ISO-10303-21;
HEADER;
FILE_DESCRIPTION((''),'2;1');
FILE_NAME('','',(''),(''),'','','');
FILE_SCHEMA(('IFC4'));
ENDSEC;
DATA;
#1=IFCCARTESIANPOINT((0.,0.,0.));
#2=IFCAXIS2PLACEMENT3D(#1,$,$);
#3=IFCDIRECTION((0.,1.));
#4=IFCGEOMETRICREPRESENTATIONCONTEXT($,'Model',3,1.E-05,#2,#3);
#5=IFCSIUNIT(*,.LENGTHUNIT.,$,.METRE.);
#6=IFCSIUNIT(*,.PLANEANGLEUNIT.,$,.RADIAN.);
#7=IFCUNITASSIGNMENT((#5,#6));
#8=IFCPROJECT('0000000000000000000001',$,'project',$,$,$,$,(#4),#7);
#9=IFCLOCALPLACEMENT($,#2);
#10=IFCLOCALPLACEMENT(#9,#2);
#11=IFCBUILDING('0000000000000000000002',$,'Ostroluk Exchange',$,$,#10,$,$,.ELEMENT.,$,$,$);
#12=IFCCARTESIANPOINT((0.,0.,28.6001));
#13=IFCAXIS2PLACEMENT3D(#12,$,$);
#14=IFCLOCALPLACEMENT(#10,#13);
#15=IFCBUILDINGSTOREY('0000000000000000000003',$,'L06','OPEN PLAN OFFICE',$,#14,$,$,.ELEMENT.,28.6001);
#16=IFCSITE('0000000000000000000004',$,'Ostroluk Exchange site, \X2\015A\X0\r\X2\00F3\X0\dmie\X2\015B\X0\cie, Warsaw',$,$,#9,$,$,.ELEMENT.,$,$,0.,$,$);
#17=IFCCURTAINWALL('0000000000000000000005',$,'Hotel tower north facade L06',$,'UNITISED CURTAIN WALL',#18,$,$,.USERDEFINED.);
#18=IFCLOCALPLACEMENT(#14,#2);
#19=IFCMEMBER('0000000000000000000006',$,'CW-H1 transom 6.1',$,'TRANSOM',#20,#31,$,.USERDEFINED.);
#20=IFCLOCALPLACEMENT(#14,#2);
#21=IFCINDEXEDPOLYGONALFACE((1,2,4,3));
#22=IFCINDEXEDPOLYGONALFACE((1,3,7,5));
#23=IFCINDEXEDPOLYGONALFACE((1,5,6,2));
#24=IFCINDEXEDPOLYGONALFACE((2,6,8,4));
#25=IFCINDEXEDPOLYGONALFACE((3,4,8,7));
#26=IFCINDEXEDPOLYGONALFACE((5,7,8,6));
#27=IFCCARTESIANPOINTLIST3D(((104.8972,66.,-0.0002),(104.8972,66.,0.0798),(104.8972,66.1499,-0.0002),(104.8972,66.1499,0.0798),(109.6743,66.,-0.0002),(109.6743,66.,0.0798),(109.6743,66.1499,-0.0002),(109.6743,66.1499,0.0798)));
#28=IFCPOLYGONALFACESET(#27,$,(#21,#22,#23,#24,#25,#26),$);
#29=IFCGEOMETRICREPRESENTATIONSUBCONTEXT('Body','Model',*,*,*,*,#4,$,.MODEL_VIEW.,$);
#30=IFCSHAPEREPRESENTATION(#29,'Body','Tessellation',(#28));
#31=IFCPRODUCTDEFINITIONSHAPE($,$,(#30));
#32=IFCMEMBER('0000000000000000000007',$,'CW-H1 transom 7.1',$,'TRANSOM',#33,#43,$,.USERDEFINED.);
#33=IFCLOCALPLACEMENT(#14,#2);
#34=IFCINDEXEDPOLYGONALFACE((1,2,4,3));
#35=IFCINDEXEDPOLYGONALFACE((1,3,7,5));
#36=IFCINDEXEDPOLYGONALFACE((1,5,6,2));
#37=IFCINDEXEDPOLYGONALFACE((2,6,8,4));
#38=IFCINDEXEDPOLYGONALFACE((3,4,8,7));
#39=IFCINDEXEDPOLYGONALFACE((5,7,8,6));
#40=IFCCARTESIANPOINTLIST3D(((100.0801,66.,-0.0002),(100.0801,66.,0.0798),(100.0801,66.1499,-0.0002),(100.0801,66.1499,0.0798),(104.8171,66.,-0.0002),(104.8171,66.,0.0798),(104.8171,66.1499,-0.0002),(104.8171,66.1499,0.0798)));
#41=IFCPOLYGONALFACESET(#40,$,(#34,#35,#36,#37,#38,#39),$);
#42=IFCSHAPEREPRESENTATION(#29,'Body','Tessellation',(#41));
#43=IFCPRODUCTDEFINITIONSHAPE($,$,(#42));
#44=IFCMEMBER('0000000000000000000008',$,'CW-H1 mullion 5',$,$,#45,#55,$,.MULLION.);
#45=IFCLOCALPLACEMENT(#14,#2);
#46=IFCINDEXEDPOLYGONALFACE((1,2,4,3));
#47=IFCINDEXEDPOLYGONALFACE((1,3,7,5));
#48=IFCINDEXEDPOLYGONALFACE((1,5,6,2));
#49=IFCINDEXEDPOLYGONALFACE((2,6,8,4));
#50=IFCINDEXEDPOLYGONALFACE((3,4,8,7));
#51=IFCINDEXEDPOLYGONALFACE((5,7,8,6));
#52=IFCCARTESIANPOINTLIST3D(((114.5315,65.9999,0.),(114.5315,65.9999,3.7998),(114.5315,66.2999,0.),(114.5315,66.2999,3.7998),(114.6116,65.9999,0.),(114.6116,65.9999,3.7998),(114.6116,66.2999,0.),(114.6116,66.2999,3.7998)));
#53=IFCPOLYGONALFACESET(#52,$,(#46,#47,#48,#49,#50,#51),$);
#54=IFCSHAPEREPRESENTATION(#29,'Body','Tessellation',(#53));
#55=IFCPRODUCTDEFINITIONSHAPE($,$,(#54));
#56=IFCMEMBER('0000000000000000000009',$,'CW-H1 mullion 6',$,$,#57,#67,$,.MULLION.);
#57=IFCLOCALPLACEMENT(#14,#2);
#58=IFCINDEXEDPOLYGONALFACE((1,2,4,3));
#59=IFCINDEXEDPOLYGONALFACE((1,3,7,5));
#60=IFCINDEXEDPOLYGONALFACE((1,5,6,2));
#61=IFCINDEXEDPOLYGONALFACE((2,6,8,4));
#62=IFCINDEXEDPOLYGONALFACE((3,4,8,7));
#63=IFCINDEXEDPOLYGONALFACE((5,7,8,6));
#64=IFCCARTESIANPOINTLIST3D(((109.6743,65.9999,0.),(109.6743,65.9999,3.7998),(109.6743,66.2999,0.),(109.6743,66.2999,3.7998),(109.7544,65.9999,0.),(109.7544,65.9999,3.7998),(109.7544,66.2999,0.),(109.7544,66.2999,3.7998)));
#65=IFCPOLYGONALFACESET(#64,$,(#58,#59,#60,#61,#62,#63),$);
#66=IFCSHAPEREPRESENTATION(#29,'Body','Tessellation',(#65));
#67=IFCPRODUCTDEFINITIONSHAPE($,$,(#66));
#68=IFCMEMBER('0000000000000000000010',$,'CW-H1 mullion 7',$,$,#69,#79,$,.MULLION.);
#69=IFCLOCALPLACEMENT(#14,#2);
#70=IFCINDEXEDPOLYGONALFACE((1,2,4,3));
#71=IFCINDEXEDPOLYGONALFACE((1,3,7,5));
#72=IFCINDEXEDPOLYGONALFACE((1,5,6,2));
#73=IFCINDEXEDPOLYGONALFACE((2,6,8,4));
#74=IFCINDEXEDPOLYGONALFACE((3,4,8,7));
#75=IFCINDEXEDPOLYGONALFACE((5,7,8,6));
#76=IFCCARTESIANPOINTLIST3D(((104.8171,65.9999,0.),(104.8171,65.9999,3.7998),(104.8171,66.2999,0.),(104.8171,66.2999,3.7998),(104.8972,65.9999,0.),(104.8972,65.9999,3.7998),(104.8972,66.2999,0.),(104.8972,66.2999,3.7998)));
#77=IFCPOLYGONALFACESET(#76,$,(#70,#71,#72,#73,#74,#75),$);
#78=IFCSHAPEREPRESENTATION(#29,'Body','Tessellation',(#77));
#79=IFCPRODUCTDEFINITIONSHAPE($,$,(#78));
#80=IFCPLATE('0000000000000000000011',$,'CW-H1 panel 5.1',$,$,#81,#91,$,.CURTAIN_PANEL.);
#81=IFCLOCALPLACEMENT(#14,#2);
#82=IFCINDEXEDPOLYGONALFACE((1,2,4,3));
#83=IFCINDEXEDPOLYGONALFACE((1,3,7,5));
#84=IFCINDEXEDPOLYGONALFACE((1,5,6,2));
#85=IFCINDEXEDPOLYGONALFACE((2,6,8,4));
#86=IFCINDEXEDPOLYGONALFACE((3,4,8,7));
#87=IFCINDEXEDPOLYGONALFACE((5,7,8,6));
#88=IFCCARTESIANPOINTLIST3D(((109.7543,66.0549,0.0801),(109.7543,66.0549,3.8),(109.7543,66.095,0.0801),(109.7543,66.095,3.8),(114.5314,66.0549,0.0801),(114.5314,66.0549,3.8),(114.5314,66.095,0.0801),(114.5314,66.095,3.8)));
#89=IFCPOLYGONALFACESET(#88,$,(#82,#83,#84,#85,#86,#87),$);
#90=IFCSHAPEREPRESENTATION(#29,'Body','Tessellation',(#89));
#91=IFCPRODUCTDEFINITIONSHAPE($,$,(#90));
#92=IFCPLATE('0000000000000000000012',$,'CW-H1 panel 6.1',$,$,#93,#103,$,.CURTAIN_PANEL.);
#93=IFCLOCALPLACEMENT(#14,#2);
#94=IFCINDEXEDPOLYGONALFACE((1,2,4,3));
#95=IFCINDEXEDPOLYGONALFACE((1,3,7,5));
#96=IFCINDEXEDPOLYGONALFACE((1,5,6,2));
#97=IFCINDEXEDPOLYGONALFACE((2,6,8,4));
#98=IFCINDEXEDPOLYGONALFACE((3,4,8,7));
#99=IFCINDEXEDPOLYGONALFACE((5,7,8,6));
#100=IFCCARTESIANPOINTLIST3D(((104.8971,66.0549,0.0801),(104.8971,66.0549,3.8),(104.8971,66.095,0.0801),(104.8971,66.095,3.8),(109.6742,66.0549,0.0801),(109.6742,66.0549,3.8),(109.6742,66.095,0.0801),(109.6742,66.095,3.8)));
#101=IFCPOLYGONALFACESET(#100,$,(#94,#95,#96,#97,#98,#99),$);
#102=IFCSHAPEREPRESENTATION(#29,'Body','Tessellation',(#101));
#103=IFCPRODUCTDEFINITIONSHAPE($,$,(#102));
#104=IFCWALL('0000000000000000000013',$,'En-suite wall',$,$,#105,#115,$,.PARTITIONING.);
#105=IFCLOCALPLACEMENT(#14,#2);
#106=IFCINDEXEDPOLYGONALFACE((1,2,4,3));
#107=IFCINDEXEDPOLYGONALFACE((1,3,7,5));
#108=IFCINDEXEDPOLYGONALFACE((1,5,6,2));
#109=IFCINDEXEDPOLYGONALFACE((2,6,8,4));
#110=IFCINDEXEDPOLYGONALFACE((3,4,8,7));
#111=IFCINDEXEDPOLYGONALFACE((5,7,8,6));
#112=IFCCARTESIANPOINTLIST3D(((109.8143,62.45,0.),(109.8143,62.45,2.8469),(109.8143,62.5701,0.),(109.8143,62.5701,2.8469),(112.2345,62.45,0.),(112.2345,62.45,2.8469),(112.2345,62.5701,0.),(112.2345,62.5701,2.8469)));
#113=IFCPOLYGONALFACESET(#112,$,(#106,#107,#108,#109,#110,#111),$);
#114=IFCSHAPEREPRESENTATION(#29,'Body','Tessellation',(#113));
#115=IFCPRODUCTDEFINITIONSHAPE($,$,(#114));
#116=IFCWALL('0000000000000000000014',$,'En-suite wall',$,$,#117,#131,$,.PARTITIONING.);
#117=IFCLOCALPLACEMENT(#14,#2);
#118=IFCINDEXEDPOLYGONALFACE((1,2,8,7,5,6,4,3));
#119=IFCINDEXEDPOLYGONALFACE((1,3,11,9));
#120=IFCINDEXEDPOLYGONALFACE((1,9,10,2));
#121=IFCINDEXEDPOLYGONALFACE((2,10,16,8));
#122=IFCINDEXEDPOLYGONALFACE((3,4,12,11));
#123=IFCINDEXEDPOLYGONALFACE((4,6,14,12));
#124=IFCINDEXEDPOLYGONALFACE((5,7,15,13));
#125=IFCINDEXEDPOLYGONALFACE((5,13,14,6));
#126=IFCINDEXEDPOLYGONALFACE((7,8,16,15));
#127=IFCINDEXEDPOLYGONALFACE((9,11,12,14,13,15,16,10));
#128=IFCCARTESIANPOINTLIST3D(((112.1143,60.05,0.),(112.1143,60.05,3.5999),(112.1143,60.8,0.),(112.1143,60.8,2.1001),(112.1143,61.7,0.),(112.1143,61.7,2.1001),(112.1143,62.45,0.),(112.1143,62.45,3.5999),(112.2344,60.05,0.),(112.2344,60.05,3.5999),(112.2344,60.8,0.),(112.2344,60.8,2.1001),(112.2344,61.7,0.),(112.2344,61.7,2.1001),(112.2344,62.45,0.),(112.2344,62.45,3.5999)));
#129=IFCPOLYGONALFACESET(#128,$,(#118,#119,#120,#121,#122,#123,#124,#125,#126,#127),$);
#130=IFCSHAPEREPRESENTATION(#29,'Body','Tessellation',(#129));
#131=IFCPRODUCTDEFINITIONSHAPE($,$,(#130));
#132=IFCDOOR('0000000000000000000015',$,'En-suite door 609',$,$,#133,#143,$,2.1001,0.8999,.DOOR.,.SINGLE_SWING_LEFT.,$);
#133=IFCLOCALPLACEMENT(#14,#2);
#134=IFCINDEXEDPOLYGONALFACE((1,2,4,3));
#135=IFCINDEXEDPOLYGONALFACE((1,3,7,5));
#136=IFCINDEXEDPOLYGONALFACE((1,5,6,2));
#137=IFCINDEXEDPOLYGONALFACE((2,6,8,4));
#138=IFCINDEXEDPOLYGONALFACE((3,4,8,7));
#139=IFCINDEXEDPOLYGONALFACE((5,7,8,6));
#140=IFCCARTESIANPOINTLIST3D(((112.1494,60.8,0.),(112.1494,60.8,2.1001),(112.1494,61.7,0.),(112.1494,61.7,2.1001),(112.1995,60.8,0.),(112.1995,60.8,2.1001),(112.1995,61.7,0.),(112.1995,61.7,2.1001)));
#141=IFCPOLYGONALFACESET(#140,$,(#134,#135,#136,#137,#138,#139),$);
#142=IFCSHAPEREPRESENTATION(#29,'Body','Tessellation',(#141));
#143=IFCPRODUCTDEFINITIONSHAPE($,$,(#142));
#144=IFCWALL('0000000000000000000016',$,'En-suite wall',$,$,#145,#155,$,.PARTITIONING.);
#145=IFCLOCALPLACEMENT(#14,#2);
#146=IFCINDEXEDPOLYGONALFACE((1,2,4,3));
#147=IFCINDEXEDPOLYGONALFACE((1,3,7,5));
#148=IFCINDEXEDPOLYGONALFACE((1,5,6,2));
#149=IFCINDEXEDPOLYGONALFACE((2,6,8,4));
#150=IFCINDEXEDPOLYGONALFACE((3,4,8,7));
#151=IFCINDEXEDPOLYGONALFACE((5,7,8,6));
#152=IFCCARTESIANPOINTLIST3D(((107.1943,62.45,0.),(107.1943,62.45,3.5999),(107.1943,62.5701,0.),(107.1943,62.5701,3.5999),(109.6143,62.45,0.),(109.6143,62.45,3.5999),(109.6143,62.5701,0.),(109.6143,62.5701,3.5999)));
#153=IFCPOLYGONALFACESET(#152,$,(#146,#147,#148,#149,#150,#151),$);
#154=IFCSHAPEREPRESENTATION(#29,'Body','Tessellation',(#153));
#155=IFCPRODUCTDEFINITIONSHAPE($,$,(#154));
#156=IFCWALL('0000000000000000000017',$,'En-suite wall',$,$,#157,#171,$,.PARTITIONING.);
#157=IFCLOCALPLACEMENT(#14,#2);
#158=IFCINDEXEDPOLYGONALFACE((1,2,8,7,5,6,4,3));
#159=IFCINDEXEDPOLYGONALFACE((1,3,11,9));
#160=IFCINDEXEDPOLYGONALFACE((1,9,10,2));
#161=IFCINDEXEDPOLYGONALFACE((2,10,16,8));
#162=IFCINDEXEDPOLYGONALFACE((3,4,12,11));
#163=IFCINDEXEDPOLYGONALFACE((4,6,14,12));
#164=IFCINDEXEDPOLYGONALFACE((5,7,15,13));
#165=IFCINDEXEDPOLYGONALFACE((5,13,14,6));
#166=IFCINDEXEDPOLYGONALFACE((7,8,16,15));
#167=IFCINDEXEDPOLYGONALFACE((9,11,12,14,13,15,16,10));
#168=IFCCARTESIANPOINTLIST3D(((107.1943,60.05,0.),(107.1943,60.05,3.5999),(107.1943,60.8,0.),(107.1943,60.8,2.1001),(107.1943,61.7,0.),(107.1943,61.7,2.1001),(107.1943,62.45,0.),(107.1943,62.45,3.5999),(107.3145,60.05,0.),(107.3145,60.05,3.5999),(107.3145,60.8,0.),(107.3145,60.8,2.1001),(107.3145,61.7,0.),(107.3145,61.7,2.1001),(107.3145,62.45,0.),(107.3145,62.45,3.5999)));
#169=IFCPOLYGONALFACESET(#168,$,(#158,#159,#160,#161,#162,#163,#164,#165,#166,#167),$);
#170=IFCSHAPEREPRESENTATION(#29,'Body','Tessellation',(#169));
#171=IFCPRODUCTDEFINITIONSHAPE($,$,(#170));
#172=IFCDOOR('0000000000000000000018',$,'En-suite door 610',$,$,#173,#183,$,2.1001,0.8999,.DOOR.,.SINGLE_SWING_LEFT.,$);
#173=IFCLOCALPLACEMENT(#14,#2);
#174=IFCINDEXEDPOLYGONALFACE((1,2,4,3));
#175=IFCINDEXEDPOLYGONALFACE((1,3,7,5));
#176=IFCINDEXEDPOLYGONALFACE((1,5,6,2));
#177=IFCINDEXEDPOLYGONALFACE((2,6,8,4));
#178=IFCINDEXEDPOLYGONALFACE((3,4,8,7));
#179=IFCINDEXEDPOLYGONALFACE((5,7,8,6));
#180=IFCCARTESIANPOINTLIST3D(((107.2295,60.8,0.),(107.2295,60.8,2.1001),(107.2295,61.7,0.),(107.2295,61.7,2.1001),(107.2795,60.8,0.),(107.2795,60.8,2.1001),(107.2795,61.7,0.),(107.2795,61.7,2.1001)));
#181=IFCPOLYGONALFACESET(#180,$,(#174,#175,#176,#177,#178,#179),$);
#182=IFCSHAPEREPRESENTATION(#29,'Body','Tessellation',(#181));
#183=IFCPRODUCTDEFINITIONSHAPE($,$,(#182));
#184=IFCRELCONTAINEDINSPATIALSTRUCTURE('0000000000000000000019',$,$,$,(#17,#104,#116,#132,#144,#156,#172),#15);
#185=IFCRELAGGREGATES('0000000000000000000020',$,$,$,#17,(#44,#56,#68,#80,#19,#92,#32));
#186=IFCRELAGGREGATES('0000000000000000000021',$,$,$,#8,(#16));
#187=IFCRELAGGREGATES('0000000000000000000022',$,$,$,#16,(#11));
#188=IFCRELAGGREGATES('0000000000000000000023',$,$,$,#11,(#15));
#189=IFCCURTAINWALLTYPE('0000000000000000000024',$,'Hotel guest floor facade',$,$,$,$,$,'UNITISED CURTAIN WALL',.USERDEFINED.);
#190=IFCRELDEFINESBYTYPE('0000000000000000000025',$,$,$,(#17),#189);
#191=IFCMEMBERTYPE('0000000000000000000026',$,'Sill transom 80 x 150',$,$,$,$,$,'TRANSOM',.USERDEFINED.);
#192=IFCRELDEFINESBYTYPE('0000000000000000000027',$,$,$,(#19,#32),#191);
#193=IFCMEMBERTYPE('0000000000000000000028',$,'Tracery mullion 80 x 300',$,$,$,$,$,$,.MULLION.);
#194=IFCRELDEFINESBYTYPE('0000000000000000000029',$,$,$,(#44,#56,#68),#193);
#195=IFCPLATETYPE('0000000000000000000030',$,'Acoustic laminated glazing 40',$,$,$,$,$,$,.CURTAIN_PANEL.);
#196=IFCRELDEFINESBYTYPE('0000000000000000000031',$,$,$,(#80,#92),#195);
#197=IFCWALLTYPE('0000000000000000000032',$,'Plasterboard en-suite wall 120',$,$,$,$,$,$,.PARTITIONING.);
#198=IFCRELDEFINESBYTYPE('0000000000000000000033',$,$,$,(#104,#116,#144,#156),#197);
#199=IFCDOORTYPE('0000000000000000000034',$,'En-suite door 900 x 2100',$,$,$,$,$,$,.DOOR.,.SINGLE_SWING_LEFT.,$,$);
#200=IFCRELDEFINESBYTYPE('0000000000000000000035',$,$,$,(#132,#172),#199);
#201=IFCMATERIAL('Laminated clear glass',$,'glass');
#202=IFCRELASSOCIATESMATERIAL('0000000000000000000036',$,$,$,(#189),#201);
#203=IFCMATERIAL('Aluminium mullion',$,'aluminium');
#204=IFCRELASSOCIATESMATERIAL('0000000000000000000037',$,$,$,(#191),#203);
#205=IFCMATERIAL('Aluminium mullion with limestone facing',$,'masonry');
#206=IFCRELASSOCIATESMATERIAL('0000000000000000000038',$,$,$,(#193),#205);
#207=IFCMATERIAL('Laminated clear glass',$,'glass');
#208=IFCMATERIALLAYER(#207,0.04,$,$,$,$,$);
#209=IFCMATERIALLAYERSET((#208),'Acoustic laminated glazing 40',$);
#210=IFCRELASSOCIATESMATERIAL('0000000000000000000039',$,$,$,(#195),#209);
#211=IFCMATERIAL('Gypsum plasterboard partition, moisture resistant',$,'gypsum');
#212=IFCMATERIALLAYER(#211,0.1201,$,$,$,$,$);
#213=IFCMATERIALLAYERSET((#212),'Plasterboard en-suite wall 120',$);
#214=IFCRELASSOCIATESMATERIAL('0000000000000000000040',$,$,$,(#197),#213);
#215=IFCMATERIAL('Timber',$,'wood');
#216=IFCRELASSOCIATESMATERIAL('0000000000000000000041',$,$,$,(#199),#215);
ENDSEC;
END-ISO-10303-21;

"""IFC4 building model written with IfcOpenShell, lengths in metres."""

from ifc_helpers import new_model, si_unit, direction, frame, frame_2d, origin, origin_2d, place, context, subcontext, project, spatial, rectangle, extrude, material, layer, layer_set, material_profile, profile_set, type_object, element, fill, aggregate, save


model = new_model("IFC4")

# Units and contexts
model_context = context("Model", 3, precision=1e-05, world=origin(), true_north=direction((0.0, 1.0)))
body_context = subcontext(model_context, "Body", "Model", "MODEL_VIEW")
ifc_project = project(units=[si_unit("LENGTHUNIT", "METRE"), si_unit("PLANEANGLEUNIT", "RADIAN")], contexts=[model_context])

# Site, building, storey
site_placement = place(None, origin())
site = spatial("IfcSite", under=ifc_project, at=site_placement, Name="Ostroluk Exchange site, Śródmieście, Warsaw", CompositionType="ELEMENT", RefElevation=0.0)
building_placement = place(site_placement, origin())
building = spatial("IfcBuilding", under=site, at=building_placement, Name="Ostroluk Exchange", CompositionType="ELEMENT")
storey_placement = place(building_placement, frame((0.0, 0.0, 28.6001)))
storey = spatial("IfcBuildingStorey", under=building, at=storey_placement, Name="L06", Description="OPEN PLAN OFFICE", CompositionType="ELEMENT", Elevation=28.6001)

# Curtain wall, members, plates
ifc_material_1 = material(Name="Laminated clear glass", Category="glass")
curtain_wall_type = type_object("IfcCurtainWallType", Name="Hotel guest floor facade", ElementType="UNITISED CURTAIN WALL", PredefinedType="USERDEFINED", material=ifc_material_1)
curtain_wall_placement = place(storey_placement, origin())
curtain_wall = element("IfcCurtainWall", 1, at=curtain_wall_placement, inside=storey, type_object=curtain_wall_type, Name="Hotel tower north facade L06", ObjectType="UNITISED CURTAIN WALL", PredefinedType="USERDEFINED")
ifc_material_2 = material(Name="Aluminium mullion", Category="aluminium")
ifc_material_profile_1 = material_profile(ifc_material_2, rectangle(XDim=0.1499, YDim=0.0801, at=origin_2d()), Name="Sill transom 80 x 150")
ifc_profile_set_1 = profile_set([ifc_material_profile_1], Name="Aluminium mullion")
member_type_1 = type_object("IfcMemberType", Name="Sill transom 80 x 150", ElementType="TRANSOM", PredefinedType="USERDEFINED", material=ifc_profile_set_1)
member_1_placement = place(storey_placement, frame((109.6743, 66.075, 0.0398), z_axis=(-1.0, 0.0, 0.0), x_axis=(0.0, -1.0, 0.0)))
member_1 = element("IfcMember", 2, at=member_1_placement, type_object=member_type_1, Name="CW-H1 transom 6.1", ObjectType="TRANSOM", PredefinedType="USERDEFINED", context=body_context, shape_type="SweptSolid", body=[
    extrude(rectangle(XDim=0.1499, YDim=0.0801, at=origin_2d()), origin(), (0.0, 0.0, 1.0), 4.7771),
])
member_2_placement = place(storey_placement, frame((104.8171, 66.075, 0.0398), z_axis=(-1.0, 0.0, 0.0), x_axis=(0.0, -1.0, 0.0)))
member_2 = element("IfcMember", 3, at=member_2_placement, type_object=member_type_1, Name="CW-H1 transom 7.1", ObjectType="TRANSOM", PredefinedType="USERDEFINED", context=body_context, shape_type="SweptSolid", body=[
    extrude(rectangle(XDim=0.1499, YDim=0.0801, at=origin_2d()), origin(), (0.0, 0.0, 1.0), 4.7371),
])
ifc_material_3 = material(Name="Aluminium mullion with limestone facing", Category="masonry")
ifc_material_profile_2 = material_profile(ifc_material_3, rectangle(XDim=0.3, YDim=0.0801, at=origin_2d()), Name="Tracery mullion 80 x 300")
ifc_profile_set_2 = profile_set([ifc_material_profile_2], Name="Aluminium mullion with limestone facing")
member_type_2 = type_object("IfcMemberType", Name="Tracery mullion 80 x 300", PredefinedType="MULLION", material=ifc_profile_set_2)
member_3_placement = place(storey_placement, frame((114.5715, 66.1499, 0.0), z_axis=(0.0, 0.0, 1.0), x_axis=(0.0, -1.0, 0.0)))
member_3 = element("IfcMember", 4, at=member_3_placement, type_object=member_type_2, Name="CW-H1 mullion 5", PredefinedType="MULLION", context=body_context, shape_type="SweptSolid", body=[
    extrude(rectangle(XDim=0.3, YDim=0.0801, at=origin_2d()), origin(), (0.0, 0.0, 1.0), 3.7998),
])
member_4_placement = place(storey_placement, frame((109.7144, 66.1499, 0.0), z_axis=(0.0, 0.0, 1.0), x_axis=(0.0, -1.0, 0.0)))
member_4 = element("IfcMember", 5, at=member_4_placement, type_object=member_type_2, Name="CW-H1 mullion 6", PredefinedType="MULLION", context=body_context, shape_type="SweptSolid", body=[
    extrude(rectangle(XDim=0.3, YDim=0.0801, at=origin_2d()), origin(), (0.0, 0.0, 1.0), 3.7998),
])
member_5_placement = place(storey_placement, frame((104.8572, 66.1499, 0.0), z_axis=(0.0, 0.0, 1.0), x_axis=(0.0, -1.0, 0.0)))
member_5 = element("IfcMember", 6, at=member_5_placement, type_object=member_type_2, Name="CW-H1 mullion 7", PredefinedType="MULLION", context=body_context, shape_type="SweptSolid", body=[
    extrude(rectangle(XDim=0.3, YDim=0.0801, at=origin_2d()), origin(), (0.0, 0.0, 1.0), 3.7998),
])
ifc_material_4 = material(Name="Laminated clear glass", Category="glass")
ifc_layer_1 = layer(ifc_material_4, 0.04)
ifc_layer_set_1 = layer_set([ifc_layer_1], Name="Acoustic laminated glazing 40")
plate_type = type_object("IfcPlateType", Name="Acoustic laminated glazing 40", PredefinedType="CURTAIN_PANEL", material=ifc_layer_set_1)
plate_1_placement = place(storey_placement, frame((112.1428, 66.075, 0.0801), z_axis=(0.0, 0.0, 1.0), x_axis=(-1.0, 0.0, 0.0)))
plate_1 = element("IfcPlate", 7, at=plate_1_placement, type_object=plate_type, Name="CW-H1 panel 5.1", PredefinedType="CURTAIN_PANEL", context=body_context, shape_type="SweptSolid", body=[
    extrude(rectangle(XDim=4.7771, YDim=0.04, at=origin_2d()), origin(), (0.0, 0.0, 1.0), 3.72),
])
plate_2_placement = place(storey_placement, frame((107.2856, 66.075, 0.0801), z_axis=(0.0, 0.0, 1.0), x_axis=(-1.0, 0.0, 0.0)))
plate_2 = element("IfcPlate", 8, at=plate_2_placement, type_object=plate_type, Name="CW-H1 panel 6.1", PredefinedType="CURTAIN_PANEL", context=body_context, shape_type="SweptSolid", body=[
    extrude(rectangle(XDim=4.7771, YDim=0.04, at=origin_2d()), origin(), (0.0, 0.0, 1.0), 3.72),
])
aggregate(curtain_wall, [member_3, member_4, member_5, plate_1, member_1, plate_2, member_2])

# Wall
ifc_material_5 = material(Name="Gypsum plasterboard partition, moisture resistant", Category="gypsum")
ifc_layer_2 = layer(ifc_material_5, 0.1201)
ifc_layer_set_2 = layer_set([ifc_layer_2], Name="Plasterboard en-suite wall 120")
wall_type_1 = type_object("IfcWallType", Name="Plasterboard en-suite wall 120", PredefinedType="PARTITIONING", material=ifc_layer_set_2)
wall_1_placement = place(storey_placement, frame((112.2344, 62.51, 0.0), z_axis=(0.0, 0.0, 1.0), x_axis=(-1.0, 0.0, 0.0)))
element("IfcWall", 9, at=wall_1_placement, inside=storey, type_object=wall_type_1, Name="En-suite wall", PredefinedType="PARTITIONING", context=body_context, shape_type="SweptSolid", body=[
    extrude(rectangle(XDim=2.4202, YDim=0.1201, at=frame_2d((1.21, 0.0))), origin(), (0.0, 0.0, 1.0), 2.8469),
])

# Wall, opening, door
wall_2_placement = place(storey_placement, frame((112.1743, 60.05, 0.0), z_axis=(0.0, 0.0, 1.0), x_axis=(0.0, 1.0, 0.0)))
wall_2 = element("IfcWall", 10, at=wall_2_placement, inside=storey, type_object=wall_type_1, Name="En-suite wall", PredefinedType="PARTITIONING", context=body_context, shape_type="SweptSolid", body=[
    extrude(rectangle(XDim=2.3999, YDim=0.1201, at=frame_2d((1.2, 0.0))), origin(), (0.0, 0.0, 1.0), 3.5999),
])
opening_1_placement = place(wall_2_placement, frame((0.75, 0.0, 0.0)))
opening_1 = element("IfcOpeningElement", 11, at=opening_1_placement, cuts=wall_2, PredefinedType="OPENING", context=body_context, shape_type="SweptSolid", body=[
    extrude(rectangle(XDim=0.8999, YDim=2.1001, at=frame_2d((0.45, 1.05))), frame((0.0, 0.0701, 0.0), z_axis=(0.0, -1.0, 0.0), x_axis=(1.0, 0.0, 0.0)), (0.0, 0.0, 1.0), 0.1401),
])
ifc_material_6 = material(Name="Timber", Category="wood")
door_type_1 = type_object("IfcDoorType", Name="En-suite door 900 x 2100", OperationType="SINGLE_SWING_LEFT", PredefinedType="DOOR", material=ifc_material_6)
door_1_placement = place(opening_1_placement, origin())
door_1 = element("IfcDoor", 12, at=door_1_placement, inside=storey, type_object=door_type_1, Name="En-suite door 609", OperationType="SINGLE_SWING_LEFT", OverallHeight=2.1001, OverallWidth=0.8999, PredefinedType="DOOR", context=body_context, shape_type="SweptSolid", body=[
    extrude(rectangle(XDim=0.8999, YDim=2.1001, at=frame_2d((0.45, 1.05))), frame((0.0, 0.0249, 0.0), z_axis=(0.0, -1.0, 0.0), x_axis=(1.0, 0.0, 0.0)), (0.0, 0.0, 1.0), 0.05),
])
fill(opening_1, door_1)

# Wall
wall_3_placement = place(storey_placement, frame((109.6143, 62.51, 0.0), z_axis=(0.0, 0.0, 1.0), x_axis=(-1.0, 0.0, 0.0)))
element("IfcWall", 13, at=wall_3_placement, inside=storey, type_object=wall_type_1, Name="En-suite wall", PredefinedType="PARTITIONING", context=body_context, shape_type="SweptSolid", body=[
    extrude(rectangle(XDim=2.4199, YDim=0.1201, at=frame_2d((1.21, 0.0))), origin(), (0.0, 0.0, 1.0), 3.5999),
])

# Wall, opening, door
wall_4_placement = place(storey_placement, frame((107.2544, 60.05, 0.0), z_axis=(0.0, 0.0, 1.0), x_axis=(0.0, 1.0, 0.0)))
wall_4 = element("IfcWall", 14, at=wall_4_placement, inside=storey, type_object=wall_type_1, Name="En-suite wall", PredefinedType="PARTITIONING", context=body_context, shape_type="SweptSolid", body=[
    extrude(rectangle(XDim=2.3999, YDim=0.1201, at=frame_2d((1.2, 0.0))), origin(), (0.0, 0.0, 1.0), 3.5999),
])
opening_2_placement = place(wall_4_placement, frame((0.75, 0.0, 0.0)))
opening_2 = element("IfcOpeningElement", 15, at=opening_2_placement, cuts=wall_4, PredefinedType="OPENING", context=body_context, shape_type="SweptSolid", body=[
    extrude(rectangle(XDim=0.8999, YDim=2.1001, at=frame_2d((0.45, 1.05))), frame((0.0, 0.0701, 0.0), z_axis=(0.0, -1.0, 0.0), x_axis=(1.0, 0.0, 0.0)), (0.0, 0.0, 1.0), 0.1401),
])
door_2_placement = place(opening_2_placement, origin())
door_2 = element("IfcDoor", 16, at=door_2_placement, inside=storey, type_object=door_type_1, Name="En-suite door 610", OperationType="SINGLE_SWING_LEFT", OverallHeight=2.1001, OverallWidth=0.8999, PredefinedType="DOOR", context=body_context, shape_type="SweptSolid", body=[
    extrude(rectangle(XDim=0.8999, YDim=2.1001, at=frame_2d((0.45, 1.05))), frame((0.0, 0.0249, 0.0), z_axis=(0.0, -1.0, 0.0), x_axis=(1.0, 0.0, 0.0)), (0.0, 0.0, 1.0), 0.05),
])
fill(opening_2, door_2)

save(model, "model.ifc")
